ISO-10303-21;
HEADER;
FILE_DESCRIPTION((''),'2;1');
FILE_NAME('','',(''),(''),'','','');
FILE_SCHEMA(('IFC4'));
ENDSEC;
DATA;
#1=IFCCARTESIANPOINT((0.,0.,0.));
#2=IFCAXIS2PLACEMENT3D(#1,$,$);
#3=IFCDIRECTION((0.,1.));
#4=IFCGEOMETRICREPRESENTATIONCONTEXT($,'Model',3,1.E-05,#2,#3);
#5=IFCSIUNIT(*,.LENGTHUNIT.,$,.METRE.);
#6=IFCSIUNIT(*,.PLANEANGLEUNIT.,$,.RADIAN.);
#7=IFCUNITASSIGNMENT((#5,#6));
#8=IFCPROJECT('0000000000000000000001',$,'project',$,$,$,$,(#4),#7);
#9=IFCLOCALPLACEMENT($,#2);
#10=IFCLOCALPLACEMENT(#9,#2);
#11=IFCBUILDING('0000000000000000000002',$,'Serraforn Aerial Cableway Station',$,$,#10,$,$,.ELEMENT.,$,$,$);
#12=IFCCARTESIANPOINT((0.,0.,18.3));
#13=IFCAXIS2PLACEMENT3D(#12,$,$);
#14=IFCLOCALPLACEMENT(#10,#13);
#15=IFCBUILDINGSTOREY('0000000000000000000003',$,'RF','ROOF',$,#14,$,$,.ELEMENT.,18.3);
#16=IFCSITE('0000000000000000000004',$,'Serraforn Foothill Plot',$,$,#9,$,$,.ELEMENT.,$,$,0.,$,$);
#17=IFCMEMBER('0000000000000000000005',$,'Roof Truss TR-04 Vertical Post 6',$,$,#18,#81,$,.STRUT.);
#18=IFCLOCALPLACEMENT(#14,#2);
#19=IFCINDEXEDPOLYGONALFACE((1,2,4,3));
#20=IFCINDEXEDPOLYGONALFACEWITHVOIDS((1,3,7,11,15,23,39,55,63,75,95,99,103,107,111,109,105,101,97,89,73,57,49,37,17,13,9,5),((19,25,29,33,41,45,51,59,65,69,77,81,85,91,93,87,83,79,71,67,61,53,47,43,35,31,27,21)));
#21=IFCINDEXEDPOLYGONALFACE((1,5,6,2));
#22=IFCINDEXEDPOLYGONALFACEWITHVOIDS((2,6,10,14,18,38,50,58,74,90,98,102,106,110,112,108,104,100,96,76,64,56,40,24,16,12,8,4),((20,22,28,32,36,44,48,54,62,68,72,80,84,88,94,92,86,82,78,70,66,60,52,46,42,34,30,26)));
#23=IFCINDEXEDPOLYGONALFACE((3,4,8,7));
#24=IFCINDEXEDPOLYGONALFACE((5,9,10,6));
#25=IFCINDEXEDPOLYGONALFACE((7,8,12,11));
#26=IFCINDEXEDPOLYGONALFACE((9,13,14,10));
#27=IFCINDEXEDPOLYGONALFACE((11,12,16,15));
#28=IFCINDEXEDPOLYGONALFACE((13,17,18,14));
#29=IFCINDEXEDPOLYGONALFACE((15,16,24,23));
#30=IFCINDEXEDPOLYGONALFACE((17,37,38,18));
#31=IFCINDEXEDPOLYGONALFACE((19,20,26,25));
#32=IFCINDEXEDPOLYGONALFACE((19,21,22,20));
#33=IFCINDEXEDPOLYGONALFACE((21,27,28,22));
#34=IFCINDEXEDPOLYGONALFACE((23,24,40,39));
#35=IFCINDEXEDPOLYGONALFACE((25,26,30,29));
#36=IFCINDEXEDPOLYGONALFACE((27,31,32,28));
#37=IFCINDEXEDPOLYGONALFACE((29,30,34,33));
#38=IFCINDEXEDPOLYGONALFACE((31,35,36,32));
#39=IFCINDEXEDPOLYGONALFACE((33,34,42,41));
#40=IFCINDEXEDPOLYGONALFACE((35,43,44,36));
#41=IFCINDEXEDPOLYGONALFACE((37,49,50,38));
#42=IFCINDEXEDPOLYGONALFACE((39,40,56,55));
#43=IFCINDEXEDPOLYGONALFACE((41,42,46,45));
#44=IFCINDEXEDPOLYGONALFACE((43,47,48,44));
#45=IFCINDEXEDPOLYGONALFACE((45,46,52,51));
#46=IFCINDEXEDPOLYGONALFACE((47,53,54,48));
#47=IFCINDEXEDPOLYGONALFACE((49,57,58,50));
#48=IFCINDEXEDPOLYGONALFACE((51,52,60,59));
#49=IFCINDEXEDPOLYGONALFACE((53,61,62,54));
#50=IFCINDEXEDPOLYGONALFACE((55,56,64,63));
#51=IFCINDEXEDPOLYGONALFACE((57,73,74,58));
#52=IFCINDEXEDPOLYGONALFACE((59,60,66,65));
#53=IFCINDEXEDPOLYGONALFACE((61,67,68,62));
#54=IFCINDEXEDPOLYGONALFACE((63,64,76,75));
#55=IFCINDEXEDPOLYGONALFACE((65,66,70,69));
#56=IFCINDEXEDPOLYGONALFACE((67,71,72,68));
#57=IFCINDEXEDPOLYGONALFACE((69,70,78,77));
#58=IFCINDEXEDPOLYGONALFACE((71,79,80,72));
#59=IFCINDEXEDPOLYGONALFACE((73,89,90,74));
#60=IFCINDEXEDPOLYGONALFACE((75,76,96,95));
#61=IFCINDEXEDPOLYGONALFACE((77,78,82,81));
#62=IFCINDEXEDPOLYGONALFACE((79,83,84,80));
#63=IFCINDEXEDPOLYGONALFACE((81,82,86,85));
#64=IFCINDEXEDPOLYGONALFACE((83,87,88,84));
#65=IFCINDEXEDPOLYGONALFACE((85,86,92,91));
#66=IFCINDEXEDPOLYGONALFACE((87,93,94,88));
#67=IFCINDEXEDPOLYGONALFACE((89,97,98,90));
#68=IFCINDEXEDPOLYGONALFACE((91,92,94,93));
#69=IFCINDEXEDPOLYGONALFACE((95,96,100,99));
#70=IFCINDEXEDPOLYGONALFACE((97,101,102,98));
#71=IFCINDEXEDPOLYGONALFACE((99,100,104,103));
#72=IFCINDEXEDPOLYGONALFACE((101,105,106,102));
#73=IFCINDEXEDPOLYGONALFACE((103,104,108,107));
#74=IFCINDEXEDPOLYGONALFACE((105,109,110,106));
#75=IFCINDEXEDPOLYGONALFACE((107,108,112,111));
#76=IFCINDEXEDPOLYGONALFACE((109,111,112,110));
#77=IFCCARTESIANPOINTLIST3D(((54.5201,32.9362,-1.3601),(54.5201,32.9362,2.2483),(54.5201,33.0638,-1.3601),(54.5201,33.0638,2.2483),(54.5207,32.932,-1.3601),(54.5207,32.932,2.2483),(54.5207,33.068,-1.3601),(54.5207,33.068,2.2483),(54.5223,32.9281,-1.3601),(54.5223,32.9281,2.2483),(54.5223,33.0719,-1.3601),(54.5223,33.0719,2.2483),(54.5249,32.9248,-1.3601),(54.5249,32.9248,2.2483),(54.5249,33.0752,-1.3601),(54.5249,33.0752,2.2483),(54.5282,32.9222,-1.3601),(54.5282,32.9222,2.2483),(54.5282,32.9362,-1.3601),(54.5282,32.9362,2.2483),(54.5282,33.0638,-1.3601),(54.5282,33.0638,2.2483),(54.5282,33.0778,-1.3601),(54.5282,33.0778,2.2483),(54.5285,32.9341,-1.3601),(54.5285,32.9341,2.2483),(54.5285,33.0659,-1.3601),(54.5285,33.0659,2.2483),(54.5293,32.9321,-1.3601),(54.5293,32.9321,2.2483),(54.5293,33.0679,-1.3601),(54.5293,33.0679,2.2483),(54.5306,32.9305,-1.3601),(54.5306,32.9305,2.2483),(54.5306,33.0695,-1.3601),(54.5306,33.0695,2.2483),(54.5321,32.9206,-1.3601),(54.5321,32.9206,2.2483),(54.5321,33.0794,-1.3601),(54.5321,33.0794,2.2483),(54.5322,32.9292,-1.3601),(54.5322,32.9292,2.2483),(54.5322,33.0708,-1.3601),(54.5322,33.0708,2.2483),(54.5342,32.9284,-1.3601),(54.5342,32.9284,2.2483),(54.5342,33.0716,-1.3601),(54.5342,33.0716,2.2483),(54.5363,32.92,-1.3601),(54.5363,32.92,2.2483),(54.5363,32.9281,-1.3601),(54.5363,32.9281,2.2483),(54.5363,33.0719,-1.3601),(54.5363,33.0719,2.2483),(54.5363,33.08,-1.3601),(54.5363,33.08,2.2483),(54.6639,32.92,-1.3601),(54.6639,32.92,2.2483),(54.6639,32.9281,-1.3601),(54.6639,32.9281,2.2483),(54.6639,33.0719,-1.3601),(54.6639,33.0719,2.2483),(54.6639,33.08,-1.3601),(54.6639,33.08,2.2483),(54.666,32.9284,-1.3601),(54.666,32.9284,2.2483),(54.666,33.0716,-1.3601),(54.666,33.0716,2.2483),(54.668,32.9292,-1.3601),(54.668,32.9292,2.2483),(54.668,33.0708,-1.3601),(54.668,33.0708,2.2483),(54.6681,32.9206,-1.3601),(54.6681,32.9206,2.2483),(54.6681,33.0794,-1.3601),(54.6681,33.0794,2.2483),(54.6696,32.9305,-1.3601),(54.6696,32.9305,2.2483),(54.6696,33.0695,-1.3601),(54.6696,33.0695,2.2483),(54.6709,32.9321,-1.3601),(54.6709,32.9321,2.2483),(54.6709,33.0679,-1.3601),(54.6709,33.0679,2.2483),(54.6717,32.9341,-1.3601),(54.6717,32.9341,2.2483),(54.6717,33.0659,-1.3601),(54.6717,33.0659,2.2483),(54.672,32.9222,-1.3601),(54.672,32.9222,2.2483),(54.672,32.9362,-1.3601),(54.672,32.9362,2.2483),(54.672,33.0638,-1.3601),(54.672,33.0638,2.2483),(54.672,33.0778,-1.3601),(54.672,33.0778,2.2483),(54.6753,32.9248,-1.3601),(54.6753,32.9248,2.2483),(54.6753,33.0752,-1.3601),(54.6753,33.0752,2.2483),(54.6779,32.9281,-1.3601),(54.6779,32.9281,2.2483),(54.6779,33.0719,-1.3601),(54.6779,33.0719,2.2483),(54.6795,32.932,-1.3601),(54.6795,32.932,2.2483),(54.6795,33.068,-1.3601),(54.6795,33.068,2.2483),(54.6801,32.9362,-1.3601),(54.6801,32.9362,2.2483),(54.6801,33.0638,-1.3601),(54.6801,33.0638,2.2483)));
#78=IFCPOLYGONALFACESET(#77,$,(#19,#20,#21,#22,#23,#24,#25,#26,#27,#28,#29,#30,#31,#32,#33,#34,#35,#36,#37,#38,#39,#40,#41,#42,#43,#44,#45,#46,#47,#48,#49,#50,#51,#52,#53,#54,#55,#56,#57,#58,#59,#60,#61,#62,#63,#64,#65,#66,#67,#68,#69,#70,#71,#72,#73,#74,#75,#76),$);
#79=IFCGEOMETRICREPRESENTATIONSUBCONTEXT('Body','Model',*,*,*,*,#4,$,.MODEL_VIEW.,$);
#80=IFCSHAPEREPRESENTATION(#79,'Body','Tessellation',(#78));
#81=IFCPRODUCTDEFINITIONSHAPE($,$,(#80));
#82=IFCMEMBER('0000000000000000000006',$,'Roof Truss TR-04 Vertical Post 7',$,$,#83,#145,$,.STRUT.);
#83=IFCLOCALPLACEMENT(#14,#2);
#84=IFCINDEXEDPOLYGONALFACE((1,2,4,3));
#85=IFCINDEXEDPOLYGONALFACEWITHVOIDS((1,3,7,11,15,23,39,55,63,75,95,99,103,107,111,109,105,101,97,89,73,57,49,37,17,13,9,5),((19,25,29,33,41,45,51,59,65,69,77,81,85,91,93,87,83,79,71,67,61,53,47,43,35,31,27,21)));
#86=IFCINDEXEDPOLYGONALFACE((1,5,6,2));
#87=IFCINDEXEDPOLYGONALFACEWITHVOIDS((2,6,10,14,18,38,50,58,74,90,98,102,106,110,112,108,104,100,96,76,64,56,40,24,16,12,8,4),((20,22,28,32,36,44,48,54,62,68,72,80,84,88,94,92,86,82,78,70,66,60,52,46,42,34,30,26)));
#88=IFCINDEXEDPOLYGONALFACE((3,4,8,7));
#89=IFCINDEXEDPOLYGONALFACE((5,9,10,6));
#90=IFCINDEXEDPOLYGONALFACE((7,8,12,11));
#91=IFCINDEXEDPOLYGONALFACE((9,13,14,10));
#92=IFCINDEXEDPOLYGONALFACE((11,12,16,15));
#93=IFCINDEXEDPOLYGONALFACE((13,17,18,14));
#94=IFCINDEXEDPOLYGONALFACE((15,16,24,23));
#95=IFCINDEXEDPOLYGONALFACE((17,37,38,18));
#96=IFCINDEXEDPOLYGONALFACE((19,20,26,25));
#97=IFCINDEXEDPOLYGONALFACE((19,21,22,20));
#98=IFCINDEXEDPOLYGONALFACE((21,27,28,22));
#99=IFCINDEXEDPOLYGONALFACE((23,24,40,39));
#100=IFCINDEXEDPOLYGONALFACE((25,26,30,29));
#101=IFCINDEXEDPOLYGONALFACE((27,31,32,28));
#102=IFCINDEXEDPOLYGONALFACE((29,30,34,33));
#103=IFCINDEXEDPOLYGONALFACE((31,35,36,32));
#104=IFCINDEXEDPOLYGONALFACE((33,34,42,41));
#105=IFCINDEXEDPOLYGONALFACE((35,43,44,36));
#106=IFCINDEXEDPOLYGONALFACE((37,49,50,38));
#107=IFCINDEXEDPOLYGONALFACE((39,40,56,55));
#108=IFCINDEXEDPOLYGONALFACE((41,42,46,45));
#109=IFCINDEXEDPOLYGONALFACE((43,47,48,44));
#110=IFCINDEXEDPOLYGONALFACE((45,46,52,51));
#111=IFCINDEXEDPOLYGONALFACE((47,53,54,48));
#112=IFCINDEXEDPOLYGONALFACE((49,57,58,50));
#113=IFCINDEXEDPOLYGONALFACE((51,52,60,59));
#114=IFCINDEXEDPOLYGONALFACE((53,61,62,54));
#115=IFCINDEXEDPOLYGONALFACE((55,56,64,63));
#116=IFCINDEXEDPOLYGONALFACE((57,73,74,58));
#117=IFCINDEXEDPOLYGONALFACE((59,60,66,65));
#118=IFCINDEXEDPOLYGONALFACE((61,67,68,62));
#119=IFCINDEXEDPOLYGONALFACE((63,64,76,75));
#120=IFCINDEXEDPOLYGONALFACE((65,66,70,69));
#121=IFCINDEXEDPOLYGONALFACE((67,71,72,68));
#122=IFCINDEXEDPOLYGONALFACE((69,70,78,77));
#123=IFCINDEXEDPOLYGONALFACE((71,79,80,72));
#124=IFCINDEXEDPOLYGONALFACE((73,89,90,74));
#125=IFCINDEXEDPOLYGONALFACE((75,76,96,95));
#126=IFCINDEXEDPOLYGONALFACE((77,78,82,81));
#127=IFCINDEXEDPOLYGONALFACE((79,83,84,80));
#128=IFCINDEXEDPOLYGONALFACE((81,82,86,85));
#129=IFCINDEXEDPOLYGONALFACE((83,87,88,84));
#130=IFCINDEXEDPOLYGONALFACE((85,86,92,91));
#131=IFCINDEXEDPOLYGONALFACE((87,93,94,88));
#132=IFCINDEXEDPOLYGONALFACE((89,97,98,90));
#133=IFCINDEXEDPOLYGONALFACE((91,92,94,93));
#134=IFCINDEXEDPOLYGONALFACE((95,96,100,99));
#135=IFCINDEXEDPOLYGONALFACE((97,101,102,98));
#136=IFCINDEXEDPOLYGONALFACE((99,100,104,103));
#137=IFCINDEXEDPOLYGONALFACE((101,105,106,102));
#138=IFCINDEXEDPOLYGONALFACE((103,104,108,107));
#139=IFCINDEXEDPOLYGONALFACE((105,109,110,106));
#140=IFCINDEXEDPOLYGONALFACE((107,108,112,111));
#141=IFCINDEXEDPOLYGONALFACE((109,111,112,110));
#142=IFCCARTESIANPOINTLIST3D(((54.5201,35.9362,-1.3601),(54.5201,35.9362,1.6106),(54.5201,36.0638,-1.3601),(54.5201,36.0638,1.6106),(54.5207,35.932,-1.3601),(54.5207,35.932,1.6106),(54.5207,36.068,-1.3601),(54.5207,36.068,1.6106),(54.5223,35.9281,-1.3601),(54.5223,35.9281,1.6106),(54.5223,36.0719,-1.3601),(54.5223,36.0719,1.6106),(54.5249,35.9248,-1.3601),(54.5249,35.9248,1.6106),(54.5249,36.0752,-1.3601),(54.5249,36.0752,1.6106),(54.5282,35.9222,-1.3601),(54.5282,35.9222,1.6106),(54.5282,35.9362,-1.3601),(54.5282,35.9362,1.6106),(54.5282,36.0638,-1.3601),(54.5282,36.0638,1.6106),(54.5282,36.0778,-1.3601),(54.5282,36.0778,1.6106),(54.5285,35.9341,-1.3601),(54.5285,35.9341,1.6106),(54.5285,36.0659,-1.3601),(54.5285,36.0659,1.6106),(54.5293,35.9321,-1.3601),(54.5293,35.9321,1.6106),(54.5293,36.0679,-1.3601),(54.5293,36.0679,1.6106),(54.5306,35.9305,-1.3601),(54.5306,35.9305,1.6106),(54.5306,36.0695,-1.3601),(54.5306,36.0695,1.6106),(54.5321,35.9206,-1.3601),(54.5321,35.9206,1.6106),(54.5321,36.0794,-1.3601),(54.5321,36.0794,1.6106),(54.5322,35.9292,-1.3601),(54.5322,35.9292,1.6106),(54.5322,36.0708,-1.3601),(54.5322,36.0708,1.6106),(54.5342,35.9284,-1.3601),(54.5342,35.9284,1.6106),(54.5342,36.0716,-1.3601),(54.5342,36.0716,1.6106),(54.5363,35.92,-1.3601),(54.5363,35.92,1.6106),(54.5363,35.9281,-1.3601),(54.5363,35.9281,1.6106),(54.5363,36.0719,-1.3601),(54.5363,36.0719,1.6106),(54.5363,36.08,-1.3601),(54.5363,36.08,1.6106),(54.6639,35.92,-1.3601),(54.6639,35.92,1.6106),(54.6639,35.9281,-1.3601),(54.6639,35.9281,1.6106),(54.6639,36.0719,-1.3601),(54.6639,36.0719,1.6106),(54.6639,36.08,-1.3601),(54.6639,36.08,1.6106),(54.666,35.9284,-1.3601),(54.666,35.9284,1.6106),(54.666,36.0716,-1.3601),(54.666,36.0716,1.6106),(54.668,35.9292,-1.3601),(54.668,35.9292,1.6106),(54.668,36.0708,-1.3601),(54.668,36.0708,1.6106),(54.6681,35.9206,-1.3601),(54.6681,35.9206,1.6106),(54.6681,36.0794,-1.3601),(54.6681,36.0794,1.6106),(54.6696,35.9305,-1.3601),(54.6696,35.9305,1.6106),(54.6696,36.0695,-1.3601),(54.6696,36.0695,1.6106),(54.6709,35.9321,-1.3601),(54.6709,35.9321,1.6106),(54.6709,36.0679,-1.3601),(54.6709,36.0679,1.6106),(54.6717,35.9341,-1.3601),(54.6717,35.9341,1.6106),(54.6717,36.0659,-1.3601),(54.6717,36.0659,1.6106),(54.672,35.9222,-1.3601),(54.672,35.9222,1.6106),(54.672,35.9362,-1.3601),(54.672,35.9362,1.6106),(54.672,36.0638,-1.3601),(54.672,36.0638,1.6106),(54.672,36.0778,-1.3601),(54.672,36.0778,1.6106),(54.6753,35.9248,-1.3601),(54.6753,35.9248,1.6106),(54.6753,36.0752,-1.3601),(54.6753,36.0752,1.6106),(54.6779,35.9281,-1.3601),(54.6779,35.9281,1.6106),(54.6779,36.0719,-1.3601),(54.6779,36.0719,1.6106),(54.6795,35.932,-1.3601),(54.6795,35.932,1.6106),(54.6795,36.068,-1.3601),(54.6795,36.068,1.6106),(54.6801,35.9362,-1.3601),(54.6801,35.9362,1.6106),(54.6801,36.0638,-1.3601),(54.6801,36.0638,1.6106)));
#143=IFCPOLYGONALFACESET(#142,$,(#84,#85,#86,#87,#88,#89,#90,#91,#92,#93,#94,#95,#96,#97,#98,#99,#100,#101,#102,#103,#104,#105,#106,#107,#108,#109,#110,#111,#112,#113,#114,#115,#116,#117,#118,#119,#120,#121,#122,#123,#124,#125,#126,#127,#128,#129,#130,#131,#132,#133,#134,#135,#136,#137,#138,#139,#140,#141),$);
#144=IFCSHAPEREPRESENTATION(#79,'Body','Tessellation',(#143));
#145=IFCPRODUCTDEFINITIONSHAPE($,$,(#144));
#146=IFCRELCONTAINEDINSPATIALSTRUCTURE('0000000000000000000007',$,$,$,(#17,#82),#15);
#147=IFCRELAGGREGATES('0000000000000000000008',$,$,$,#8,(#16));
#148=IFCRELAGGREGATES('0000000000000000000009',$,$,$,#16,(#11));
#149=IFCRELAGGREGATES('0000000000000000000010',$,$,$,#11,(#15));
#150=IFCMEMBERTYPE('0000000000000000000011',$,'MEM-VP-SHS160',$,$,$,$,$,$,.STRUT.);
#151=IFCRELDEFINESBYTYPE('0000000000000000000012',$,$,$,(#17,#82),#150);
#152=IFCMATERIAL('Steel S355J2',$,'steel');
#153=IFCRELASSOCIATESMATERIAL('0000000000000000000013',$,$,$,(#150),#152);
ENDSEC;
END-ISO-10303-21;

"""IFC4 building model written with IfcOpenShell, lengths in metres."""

from ifc_helpers import new_model, si_unit, direction, frame, origin, origin_2d, place, context, subcontext, project, spatial, hollow_rectangle, extrude, material, material_profile, profile_set, type_object, element, save


model = new_model("IFC4")

# Units and contexts
model_context = context("Model", 3, precision=1e-05, world=origin(), true_north=direction((0.0, 1.0)))
body_context = subcontext(model_context, "Body", "Model", "MODEL_VIEW")
ifc_project = project(units=[si_unit("LENGTHUNIT", "METRE"), si_unit("PLANEANGLEUNIT", "RADIAN")], contexts=[model_context])

# Site, building, storey
site_placement = place(None, origin())
site = spatial("IfcSite", under=ifc_project, at=site_placement, Name="Serraforn Foothill Plot", CompositionType="ELEMENT", RefElevation=0.0)
building_placement = place(site_placement, origin())
building = spatial("IfcBuilding", under=site, at=building_placement, Name="Serraforn Aerial Cableway Station", CompositionType="ELEMENT")
storey_placement = place(building_placement, frame((0.0, 0.0, 18.3)))
storey = spatial("IfcBuildingStorey", under=building, at=storey_placement, Name="RF", Description="ROOF", CompositionType="ELEMENT", Elevation=18.3)

# Members
ifc_material_1 = material(Name="Steel S355J2", Category="steel")
ifc_material_profile_1 = material_profile(ifc_material_1, hollow_rectangle(XDim=0.1599, YDim=0.1599, WallThickness=0.0081, InnerFilletRadius=0.0081, OuterFilletRadius=0.0161, at=origin_2d()), Name="SHS 160x160x8.0")
ifc_profile_set_1 = profile_set([ifc_material_profile_1], Name="Steel S355J2")
member_type_1 = type_object("IfcMemberType", Name="MEM-VP-SHS160", PredefinedType="STRUT", material=ifc_profile_set_1)
member_1_placement = place(storey_placement, frame((54.6001, 33.0, -1.3601), z_axis=(0.0, 0.0, 1.0), x_axis=(1.0, 0.0, 0.0)))
element("IfcMember", 1, at=member_1_placement, inside=storey, type_object=member_type_1, Name="Roof Truss TR-04 Vertical Post 6", PredefinedType="STRUT", context=body_context, shape_type="SweptSolid", body=[
    extrude(hollow_rectangle(XDim=0.1599, YDim=0.1599, WallThickness=0.0081, InnerFilletRadius=0.0081, OuterFilletRadius=0.0161, at=origin_2d()), origin(), (0.0, 0.0, 1.0), 3.6084),
])
member_2_placement = place(storey_placement, frame((54.6001, 36.0, -1.3601), z_axis=(0.0, 0.0, 1.0), x_axis=(1.0, 0.0, 0.0)))
element("IfcMember", 2, at=member_2_placement, inside=storey, type_object=member_type_1, Name="Roof Truss TR-04 Vertical Post 7", PredefinedType="STRUT", context=body_context, shape_type="SweptSolid", body=[
    extrude(hollow_rectangle(XDim=0.1599, YDim=0.1599, WallThickness=0.0081, InnerFilletRadius=0.0081, OuterFilletRadius=0.0161, at=origin_2d()), origin(), (0.0, 0.0, 1.0), 2.9707),
])

save(model, "model.ifc")
